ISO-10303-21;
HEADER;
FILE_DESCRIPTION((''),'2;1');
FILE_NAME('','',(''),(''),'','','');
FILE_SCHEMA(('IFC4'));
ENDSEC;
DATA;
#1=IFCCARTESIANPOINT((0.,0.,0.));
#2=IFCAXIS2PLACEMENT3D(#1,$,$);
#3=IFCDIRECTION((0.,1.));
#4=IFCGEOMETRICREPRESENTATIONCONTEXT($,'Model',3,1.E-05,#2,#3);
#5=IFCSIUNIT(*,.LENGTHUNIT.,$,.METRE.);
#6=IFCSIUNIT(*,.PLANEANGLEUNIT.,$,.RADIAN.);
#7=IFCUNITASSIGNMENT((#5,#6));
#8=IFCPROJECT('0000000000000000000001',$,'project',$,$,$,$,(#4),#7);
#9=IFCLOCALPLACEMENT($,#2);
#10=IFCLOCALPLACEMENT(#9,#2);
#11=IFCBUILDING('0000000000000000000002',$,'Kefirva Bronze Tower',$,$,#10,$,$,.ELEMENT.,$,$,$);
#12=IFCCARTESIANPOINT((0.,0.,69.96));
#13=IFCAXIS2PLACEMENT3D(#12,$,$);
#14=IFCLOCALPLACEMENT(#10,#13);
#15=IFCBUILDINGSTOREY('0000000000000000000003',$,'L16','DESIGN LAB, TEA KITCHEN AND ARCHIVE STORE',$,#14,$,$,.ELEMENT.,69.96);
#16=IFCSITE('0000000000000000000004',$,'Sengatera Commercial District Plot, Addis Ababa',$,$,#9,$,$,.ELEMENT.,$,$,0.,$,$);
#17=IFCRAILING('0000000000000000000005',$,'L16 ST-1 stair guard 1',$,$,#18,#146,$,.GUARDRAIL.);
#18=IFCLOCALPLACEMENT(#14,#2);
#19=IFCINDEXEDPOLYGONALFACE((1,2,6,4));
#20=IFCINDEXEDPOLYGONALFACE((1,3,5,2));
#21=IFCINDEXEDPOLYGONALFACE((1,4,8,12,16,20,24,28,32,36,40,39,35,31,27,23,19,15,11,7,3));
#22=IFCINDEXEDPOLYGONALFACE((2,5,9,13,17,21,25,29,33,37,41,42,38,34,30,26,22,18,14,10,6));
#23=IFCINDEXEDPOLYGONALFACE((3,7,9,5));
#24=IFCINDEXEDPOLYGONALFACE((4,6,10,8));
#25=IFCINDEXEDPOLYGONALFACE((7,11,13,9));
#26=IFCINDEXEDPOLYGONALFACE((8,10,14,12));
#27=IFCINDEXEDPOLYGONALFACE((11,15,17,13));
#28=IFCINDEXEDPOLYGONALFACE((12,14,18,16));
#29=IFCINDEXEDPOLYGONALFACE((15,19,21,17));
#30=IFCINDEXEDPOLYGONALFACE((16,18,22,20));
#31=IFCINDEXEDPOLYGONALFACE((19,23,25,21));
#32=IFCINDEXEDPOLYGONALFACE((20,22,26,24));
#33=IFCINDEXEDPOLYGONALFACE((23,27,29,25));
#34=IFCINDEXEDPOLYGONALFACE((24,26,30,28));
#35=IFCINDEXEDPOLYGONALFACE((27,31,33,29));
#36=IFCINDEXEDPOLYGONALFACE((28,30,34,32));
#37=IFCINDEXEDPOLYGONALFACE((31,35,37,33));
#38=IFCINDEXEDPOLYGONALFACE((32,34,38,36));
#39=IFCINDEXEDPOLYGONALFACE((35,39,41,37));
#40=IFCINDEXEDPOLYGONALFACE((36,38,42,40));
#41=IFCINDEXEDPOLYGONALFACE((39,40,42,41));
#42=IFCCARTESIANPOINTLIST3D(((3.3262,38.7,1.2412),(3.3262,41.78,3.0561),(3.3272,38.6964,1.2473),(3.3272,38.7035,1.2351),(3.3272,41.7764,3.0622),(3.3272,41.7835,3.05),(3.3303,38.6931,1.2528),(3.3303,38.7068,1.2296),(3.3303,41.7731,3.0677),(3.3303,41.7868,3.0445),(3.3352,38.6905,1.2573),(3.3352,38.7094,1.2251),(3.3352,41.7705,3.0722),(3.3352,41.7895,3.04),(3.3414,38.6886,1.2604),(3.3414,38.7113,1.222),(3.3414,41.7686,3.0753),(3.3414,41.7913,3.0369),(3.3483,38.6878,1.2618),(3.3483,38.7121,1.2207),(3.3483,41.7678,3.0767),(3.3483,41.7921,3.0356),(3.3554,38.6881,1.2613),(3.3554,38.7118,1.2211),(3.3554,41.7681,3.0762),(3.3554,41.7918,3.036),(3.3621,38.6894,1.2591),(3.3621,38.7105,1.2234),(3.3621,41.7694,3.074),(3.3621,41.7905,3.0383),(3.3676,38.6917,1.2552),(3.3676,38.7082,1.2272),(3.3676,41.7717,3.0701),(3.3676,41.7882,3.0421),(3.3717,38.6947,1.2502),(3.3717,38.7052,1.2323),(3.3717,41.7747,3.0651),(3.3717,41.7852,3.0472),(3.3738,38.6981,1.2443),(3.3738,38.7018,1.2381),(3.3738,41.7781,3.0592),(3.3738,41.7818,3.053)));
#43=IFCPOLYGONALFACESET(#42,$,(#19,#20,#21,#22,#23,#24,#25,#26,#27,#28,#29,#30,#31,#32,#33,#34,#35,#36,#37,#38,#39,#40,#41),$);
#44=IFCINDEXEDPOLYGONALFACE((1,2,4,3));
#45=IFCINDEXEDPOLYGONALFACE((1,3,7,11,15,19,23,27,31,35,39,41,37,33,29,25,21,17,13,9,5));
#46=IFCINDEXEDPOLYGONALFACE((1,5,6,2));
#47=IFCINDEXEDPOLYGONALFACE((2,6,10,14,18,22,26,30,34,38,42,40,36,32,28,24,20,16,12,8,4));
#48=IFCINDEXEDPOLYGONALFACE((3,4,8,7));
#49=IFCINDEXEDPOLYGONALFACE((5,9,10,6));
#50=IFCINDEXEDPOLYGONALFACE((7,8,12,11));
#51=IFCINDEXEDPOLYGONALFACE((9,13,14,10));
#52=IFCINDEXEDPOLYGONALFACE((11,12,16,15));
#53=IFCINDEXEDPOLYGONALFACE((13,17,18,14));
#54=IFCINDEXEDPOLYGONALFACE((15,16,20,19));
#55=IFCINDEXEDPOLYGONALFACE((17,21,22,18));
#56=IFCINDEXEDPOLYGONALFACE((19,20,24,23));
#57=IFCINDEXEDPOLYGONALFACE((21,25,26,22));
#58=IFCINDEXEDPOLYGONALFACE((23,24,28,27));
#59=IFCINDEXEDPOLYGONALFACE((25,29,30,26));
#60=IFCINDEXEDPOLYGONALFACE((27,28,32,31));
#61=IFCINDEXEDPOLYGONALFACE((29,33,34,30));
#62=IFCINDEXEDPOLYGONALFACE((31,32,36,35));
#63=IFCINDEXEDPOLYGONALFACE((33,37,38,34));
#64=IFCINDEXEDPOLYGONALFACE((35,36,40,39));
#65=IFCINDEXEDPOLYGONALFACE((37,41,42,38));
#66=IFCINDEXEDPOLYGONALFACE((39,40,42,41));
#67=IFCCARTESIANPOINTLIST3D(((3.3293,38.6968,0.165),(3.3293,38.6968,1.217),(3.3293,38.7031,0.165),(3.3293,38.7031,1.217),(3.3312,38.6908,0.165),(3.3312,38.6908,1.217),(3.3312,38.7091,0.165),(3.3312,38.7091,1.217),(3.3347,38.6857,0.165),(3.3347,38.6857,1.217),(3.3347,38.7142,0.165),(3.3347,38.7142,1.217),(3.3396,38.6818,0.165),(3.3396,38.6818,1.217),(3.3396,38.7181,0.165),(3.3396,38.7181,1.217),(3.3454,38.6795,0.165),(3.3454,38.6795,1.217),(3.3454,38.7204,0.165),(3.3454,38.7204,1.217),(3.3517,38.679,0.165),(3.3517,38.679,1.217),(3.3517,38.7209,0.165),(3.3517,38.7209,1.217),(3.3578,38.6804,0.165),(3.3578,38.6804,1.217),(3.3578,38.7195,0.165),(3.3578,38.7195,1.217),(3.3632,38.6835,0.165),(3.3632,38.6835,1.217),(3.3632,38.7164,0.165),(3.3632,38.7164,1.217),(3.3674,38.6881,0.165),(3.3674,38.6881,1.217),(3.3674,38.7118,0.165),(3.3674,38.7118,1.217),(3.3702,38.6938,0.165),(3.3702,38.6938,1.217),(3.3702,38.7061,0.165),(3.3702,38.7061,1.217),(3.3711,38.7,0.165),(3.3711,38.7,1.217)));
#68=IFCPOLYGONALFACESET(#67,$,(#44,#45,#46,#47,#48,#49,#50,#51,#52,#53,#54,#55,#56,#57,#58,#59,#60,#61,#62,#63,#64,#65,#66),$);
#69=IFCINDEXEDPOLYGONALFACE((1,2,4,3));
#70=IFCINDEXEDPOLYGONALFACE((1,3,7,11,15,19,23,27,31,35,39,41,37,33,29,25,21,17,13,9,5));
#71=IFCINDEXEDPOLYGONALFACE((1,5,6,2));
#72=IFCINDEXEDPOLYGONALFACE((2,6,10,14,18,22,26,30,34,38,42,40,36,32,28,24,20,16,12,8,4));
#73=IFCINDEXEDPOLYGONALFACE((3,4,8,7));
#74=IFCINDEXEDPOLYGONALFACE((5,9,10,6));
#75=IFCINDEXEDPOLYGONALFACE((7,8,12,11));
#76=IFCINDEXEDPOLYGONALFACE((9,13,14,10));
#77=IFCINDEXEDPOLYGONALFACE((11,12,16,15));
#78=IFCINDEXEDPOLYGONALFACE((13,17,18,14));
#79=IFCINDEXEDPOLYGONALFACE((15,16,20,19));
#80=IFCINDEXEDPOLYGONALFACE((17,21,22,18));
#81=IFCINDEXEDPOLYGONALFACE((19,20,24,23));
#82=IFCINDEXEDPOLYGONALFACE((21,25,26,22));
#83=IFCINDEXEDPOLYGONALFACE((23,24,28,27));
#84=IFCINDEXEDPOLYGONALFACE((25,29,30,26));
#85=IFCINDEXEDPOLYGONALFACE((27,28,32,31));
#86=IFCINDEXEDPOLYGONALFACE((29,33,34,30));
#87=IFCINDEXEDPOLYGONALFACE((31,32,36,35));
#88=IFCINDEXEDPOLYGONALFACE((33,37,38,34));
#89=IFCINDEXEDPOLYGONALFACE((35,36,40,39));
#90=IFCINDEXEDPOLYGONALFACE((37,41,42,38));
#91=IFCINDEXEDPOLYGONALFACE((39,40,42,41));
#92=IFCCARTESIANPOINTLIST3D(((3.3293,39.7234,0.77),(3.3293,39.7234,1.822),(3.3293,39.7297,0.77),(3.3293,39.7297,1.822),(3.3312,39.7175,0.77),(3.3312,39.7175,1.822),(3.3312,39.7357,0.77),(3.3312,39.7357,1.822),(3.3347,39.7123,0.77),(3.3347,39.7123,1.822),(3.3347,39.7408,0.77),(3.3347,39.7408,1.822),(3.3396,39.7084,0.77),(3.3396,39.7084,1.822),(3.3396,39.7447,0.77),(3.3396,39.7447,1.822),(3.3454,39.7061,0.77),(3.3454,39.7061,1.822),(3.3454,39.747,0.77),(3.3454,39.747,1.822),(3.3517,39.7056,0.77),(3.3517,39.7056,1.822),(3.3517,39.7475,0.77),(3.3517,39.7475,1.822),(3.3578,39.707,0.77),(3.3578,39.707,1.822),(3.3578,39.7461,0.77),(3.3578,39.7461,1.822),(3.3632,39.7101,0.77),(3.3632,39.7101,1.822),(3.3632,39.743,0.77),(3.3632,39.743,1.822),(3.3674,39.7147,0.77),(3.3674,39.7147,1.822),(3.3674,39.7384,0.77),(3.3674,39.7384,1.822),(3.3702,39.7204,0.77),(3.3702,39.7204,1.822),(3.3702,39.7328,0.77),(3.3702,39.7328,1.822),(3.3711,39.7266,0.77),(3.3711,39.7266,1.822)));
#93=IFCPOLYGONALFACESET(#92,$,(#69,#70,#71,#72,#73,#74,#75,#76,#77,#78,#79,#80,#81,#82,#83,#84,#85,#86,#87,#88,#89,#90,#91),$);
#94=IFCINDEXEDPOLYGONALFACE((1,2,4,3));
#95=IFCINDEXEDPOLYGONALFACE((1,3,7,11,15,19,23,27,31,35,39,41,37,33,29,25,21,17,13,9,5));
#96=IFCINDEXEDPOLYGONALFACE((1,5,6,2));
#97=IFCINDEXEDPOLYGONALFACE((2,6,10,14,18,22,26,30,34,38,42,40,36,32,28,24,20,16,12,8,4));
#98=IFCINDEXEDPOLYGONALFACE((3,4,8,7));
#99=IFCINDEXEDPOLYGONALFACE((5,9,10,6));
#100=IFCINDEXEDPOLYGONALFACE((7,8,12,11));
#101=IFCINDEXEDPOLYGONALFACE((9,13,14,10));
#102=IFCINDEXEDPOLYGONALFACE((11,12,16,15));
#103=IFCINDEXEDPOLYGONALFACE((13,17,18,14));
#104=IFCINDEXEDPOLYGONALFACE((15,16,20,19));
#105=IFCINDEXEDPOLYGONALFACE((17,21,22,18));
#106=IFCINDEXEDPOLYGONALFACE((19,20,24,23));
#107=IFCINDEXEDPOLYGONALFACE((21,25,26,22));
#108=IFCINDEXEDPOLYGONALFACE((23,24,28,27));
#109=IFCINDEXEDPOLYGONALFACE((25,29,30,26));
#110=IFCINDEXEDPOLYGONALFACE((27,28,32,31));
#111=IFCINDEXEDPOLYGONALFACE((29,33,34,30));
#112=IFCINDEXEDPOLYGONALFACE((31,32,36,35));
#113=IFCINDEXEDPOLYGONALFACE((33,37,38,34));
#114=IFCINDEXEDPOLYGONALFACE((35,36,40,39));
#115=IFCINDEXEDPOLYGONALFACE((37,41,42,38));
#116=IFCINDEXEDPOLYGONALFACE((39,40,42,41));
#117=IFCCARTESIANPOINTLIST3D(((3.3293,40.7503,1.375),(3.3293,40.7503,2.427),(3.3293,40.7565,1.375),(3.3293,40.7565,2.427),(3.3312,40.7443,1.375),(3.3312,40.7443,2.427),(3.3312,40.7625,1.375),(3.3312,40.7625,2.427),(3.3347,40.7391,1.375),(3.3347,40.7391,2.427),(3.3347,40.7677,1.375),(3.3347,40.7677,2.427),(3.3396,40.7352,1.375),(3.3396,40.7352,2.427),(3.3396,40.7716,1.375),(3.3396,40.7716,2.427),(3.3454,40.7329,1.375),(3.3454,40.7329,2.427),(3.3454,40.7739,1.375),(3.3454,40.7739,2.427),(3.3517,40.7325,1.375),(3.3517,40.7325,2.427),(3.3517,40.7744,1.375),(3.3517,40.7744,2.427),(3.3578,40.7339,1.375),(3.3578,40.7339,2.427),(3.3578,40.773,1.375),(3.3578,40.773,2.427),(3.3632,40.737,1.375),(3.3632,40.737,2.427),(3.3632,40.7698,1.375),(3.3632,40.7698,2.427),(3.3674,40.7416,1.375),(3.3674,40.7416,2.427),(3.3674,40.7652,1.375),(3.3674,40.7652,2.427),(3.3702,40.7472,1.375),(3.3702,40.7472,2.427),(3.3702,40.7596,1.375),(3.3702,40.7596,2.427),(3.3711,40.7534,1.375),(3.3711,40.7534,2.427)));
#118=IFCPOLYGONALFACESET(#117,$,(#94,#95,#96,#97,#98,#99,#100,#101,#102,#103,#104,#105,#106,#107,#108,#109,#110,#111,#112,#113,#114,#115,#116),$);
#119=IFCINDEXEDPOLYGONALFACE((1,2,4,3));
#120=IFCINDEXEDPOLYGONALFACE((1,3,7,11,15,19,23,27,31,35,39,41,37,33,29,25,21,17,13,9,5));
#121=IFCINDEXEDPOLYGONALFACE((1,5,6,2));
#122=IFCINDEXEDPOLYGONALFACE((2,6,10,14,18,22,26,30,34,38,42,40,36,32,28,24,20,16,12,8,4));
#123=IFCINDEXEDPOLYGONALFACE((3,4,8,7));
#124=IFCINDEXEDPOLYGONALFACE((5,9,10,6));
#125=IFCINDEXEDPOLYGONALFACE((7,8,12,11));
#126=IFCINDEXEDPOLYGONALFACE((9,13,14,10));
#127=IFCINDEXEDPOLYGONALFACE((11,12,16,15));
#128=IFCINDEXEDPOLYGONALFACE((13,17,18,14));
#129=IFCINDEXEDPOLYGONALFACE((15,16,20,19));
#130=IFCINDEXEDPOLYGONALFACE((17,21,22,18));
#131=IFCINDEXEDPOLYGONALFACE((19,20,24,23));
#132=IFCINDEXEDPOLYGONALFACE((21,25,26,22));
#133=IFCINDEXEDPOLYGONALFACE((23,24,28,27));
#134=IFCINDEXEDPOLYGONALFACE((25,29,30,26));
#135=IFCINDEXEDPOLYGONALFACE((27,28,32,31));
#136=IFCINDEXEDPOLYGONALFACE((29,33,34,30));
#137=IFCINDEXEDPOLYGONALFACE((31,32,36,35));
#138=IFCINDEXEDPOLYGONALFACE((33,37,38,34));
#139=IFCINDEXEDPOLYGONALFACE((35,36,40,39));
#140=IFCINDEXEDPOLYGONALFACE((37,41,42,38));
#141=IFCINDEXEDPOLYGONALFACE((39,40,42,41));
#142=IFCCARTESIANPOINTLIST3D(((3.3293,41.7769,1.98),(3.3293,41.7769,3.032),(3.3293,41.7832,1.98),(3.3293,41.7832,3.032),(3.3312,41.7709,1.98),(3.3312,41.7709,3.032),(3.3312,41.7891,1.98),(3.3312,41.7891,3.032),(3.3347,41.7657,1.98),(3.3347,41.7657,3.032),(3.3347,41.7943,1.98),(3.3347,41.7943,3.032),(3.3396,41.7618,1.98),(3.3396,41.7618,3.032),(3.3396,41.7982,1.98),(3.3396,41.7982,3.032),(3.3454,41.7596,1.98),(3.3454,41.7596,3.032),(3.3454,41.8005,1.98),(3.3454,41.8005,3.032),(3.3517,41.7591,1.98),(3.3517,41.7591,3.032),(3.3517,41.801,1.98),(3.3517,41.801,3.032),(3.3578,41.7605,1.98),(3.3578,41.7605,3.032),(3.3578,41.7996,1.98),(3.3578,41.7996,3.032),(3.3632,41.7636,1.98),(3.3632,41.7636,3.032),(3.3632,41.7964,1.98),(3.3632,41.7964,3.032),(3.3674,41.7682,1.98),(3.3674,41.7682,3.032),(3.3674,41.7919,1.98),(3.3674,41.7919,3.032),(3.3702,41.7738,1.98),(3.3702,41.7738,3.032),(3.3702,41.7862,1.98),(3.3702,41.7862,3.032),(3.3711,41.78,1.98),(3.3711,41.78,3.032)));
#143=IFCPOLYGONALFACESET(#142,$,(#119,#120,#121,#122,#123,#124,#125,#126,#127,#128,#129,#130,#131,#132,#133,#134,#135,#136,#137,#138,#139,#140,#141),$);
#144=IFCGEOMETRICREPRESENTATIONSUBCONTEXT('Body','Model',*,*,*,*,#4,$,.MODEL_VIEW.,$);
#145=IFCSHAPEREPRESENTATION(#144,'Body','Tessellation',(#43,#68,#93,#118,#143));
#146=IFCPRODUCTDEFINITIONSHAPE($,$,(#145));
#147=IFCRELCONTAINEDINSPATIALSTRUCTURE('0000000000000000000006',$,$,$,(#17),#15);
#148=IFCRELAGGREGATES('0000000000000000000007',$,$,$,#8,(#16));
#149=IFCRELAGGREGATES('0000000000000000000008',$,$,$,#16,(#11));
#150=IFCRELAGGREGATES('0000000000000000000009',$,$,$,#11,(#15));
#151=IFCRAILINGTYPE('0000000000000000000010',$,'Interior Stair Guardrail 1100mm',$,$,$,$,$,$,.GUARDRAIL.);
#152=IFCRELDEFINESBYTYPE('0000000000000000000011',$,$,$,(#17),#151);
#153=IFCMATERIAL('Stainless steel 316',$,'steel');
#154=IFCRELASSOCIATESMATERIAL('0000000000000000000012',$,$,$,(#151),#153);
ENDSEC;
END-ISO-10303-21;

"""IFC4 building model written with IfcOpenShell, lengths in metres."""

from ifc_helpers import new_model, si_unit, direction, frame, origin, origin_2d, place, context, subcontext, project, spatial, circle, extrude, material, type_object, element, save


model = new_model("IFC4")

# Units and contexts
model_context = context("Model", 3, precision=1e-05, world=origin(), true_north=direction((0.0, 1.0)))
body_context = subcontext(model_context, "Body", "Model", "MODEL_VIEW")
ifc_project = project(units=[si_unit("LENGTHUNIT", "METRE"), si_unit("PLANEANGLEUNIT", "RADIAN")], contexts=[model_context])

# Site, building, storey
site_placement = place(None, origin())
site = spatial("IfcSite", under=ifc_project, at=site_placement, Name="Sengatera Commercial District Plot, Addis Ababa", CompositionType="ELEMENT", RefElevation=0.0)
building_placement = place(site_placement, origin())
building = spatial("IfcBuilding", under=site, at=building_placement, Name="Kefirva Bronze Tower", CompositionType="ELEMENT")
storey_placement = place(building_placement, frame((0.0, 0.0, 69.96)))
storey = spatial("IfcBuildingStorey", under=building, at=storey_placement, Name="L16", Description="DESIGN LAB, TEA KITCHEN AND ARCHIVE STORE", CompositionType="ELEMENT", Elevation=69.96)

# Railing
ifc_material_1 = material(Name="Stainless steel 316", Category="steel")
railing_type_1 = type_object("IfcRailingType", Name="Interior Stair Guardrail 1100mm", PredefinedType="GUARDRAIL", material=ifc_material_1)
railing_1_placement = place(storey_placement, frame((3.3501, 38.7, 0.165)))
element("IfcRailing", 1, at=railing_1_placement, inside=storey, type_object=railing_type_1, Name="L16 ST-1 stair guard 1", PredefinedType="GUARDRAIL", context=body_context, shape_type="SweptSolid", body=[
    extrude(circle(Radius=0.0239, at=origin_2d()), frame((0.0, 0.0, 1.0762), z_axis=(0.0, 0.861551, 0.507671), x_axis=(-1.0, 0.0, 0.0)), (0.0, 0.0, 1.0), 3.575),
    extrude(circle(Radius=0.021, at=origin_2d()), origin(), (0.0, 0.0, 1.0), 1.052),
    extrude(circle(Radius=0.021, at=origin_2d()), frame((0.0, 1.0266, 0.605)), (0.0, 0.0, 1.0), 1.052),
    extrude(circle(Radius=0.021, at=origin_2d()), frame((0.0, 2.0535, 1.21)), (0.0, 0.0, 1.0), 1.052),
    extrude(circle(Radius=0.021, at=origin_2d()), frame((0.0, 3.0801, 1.8149)), (0.0, 0.0, 1.0), 1.052),
])

save(model, "model.ifc")
